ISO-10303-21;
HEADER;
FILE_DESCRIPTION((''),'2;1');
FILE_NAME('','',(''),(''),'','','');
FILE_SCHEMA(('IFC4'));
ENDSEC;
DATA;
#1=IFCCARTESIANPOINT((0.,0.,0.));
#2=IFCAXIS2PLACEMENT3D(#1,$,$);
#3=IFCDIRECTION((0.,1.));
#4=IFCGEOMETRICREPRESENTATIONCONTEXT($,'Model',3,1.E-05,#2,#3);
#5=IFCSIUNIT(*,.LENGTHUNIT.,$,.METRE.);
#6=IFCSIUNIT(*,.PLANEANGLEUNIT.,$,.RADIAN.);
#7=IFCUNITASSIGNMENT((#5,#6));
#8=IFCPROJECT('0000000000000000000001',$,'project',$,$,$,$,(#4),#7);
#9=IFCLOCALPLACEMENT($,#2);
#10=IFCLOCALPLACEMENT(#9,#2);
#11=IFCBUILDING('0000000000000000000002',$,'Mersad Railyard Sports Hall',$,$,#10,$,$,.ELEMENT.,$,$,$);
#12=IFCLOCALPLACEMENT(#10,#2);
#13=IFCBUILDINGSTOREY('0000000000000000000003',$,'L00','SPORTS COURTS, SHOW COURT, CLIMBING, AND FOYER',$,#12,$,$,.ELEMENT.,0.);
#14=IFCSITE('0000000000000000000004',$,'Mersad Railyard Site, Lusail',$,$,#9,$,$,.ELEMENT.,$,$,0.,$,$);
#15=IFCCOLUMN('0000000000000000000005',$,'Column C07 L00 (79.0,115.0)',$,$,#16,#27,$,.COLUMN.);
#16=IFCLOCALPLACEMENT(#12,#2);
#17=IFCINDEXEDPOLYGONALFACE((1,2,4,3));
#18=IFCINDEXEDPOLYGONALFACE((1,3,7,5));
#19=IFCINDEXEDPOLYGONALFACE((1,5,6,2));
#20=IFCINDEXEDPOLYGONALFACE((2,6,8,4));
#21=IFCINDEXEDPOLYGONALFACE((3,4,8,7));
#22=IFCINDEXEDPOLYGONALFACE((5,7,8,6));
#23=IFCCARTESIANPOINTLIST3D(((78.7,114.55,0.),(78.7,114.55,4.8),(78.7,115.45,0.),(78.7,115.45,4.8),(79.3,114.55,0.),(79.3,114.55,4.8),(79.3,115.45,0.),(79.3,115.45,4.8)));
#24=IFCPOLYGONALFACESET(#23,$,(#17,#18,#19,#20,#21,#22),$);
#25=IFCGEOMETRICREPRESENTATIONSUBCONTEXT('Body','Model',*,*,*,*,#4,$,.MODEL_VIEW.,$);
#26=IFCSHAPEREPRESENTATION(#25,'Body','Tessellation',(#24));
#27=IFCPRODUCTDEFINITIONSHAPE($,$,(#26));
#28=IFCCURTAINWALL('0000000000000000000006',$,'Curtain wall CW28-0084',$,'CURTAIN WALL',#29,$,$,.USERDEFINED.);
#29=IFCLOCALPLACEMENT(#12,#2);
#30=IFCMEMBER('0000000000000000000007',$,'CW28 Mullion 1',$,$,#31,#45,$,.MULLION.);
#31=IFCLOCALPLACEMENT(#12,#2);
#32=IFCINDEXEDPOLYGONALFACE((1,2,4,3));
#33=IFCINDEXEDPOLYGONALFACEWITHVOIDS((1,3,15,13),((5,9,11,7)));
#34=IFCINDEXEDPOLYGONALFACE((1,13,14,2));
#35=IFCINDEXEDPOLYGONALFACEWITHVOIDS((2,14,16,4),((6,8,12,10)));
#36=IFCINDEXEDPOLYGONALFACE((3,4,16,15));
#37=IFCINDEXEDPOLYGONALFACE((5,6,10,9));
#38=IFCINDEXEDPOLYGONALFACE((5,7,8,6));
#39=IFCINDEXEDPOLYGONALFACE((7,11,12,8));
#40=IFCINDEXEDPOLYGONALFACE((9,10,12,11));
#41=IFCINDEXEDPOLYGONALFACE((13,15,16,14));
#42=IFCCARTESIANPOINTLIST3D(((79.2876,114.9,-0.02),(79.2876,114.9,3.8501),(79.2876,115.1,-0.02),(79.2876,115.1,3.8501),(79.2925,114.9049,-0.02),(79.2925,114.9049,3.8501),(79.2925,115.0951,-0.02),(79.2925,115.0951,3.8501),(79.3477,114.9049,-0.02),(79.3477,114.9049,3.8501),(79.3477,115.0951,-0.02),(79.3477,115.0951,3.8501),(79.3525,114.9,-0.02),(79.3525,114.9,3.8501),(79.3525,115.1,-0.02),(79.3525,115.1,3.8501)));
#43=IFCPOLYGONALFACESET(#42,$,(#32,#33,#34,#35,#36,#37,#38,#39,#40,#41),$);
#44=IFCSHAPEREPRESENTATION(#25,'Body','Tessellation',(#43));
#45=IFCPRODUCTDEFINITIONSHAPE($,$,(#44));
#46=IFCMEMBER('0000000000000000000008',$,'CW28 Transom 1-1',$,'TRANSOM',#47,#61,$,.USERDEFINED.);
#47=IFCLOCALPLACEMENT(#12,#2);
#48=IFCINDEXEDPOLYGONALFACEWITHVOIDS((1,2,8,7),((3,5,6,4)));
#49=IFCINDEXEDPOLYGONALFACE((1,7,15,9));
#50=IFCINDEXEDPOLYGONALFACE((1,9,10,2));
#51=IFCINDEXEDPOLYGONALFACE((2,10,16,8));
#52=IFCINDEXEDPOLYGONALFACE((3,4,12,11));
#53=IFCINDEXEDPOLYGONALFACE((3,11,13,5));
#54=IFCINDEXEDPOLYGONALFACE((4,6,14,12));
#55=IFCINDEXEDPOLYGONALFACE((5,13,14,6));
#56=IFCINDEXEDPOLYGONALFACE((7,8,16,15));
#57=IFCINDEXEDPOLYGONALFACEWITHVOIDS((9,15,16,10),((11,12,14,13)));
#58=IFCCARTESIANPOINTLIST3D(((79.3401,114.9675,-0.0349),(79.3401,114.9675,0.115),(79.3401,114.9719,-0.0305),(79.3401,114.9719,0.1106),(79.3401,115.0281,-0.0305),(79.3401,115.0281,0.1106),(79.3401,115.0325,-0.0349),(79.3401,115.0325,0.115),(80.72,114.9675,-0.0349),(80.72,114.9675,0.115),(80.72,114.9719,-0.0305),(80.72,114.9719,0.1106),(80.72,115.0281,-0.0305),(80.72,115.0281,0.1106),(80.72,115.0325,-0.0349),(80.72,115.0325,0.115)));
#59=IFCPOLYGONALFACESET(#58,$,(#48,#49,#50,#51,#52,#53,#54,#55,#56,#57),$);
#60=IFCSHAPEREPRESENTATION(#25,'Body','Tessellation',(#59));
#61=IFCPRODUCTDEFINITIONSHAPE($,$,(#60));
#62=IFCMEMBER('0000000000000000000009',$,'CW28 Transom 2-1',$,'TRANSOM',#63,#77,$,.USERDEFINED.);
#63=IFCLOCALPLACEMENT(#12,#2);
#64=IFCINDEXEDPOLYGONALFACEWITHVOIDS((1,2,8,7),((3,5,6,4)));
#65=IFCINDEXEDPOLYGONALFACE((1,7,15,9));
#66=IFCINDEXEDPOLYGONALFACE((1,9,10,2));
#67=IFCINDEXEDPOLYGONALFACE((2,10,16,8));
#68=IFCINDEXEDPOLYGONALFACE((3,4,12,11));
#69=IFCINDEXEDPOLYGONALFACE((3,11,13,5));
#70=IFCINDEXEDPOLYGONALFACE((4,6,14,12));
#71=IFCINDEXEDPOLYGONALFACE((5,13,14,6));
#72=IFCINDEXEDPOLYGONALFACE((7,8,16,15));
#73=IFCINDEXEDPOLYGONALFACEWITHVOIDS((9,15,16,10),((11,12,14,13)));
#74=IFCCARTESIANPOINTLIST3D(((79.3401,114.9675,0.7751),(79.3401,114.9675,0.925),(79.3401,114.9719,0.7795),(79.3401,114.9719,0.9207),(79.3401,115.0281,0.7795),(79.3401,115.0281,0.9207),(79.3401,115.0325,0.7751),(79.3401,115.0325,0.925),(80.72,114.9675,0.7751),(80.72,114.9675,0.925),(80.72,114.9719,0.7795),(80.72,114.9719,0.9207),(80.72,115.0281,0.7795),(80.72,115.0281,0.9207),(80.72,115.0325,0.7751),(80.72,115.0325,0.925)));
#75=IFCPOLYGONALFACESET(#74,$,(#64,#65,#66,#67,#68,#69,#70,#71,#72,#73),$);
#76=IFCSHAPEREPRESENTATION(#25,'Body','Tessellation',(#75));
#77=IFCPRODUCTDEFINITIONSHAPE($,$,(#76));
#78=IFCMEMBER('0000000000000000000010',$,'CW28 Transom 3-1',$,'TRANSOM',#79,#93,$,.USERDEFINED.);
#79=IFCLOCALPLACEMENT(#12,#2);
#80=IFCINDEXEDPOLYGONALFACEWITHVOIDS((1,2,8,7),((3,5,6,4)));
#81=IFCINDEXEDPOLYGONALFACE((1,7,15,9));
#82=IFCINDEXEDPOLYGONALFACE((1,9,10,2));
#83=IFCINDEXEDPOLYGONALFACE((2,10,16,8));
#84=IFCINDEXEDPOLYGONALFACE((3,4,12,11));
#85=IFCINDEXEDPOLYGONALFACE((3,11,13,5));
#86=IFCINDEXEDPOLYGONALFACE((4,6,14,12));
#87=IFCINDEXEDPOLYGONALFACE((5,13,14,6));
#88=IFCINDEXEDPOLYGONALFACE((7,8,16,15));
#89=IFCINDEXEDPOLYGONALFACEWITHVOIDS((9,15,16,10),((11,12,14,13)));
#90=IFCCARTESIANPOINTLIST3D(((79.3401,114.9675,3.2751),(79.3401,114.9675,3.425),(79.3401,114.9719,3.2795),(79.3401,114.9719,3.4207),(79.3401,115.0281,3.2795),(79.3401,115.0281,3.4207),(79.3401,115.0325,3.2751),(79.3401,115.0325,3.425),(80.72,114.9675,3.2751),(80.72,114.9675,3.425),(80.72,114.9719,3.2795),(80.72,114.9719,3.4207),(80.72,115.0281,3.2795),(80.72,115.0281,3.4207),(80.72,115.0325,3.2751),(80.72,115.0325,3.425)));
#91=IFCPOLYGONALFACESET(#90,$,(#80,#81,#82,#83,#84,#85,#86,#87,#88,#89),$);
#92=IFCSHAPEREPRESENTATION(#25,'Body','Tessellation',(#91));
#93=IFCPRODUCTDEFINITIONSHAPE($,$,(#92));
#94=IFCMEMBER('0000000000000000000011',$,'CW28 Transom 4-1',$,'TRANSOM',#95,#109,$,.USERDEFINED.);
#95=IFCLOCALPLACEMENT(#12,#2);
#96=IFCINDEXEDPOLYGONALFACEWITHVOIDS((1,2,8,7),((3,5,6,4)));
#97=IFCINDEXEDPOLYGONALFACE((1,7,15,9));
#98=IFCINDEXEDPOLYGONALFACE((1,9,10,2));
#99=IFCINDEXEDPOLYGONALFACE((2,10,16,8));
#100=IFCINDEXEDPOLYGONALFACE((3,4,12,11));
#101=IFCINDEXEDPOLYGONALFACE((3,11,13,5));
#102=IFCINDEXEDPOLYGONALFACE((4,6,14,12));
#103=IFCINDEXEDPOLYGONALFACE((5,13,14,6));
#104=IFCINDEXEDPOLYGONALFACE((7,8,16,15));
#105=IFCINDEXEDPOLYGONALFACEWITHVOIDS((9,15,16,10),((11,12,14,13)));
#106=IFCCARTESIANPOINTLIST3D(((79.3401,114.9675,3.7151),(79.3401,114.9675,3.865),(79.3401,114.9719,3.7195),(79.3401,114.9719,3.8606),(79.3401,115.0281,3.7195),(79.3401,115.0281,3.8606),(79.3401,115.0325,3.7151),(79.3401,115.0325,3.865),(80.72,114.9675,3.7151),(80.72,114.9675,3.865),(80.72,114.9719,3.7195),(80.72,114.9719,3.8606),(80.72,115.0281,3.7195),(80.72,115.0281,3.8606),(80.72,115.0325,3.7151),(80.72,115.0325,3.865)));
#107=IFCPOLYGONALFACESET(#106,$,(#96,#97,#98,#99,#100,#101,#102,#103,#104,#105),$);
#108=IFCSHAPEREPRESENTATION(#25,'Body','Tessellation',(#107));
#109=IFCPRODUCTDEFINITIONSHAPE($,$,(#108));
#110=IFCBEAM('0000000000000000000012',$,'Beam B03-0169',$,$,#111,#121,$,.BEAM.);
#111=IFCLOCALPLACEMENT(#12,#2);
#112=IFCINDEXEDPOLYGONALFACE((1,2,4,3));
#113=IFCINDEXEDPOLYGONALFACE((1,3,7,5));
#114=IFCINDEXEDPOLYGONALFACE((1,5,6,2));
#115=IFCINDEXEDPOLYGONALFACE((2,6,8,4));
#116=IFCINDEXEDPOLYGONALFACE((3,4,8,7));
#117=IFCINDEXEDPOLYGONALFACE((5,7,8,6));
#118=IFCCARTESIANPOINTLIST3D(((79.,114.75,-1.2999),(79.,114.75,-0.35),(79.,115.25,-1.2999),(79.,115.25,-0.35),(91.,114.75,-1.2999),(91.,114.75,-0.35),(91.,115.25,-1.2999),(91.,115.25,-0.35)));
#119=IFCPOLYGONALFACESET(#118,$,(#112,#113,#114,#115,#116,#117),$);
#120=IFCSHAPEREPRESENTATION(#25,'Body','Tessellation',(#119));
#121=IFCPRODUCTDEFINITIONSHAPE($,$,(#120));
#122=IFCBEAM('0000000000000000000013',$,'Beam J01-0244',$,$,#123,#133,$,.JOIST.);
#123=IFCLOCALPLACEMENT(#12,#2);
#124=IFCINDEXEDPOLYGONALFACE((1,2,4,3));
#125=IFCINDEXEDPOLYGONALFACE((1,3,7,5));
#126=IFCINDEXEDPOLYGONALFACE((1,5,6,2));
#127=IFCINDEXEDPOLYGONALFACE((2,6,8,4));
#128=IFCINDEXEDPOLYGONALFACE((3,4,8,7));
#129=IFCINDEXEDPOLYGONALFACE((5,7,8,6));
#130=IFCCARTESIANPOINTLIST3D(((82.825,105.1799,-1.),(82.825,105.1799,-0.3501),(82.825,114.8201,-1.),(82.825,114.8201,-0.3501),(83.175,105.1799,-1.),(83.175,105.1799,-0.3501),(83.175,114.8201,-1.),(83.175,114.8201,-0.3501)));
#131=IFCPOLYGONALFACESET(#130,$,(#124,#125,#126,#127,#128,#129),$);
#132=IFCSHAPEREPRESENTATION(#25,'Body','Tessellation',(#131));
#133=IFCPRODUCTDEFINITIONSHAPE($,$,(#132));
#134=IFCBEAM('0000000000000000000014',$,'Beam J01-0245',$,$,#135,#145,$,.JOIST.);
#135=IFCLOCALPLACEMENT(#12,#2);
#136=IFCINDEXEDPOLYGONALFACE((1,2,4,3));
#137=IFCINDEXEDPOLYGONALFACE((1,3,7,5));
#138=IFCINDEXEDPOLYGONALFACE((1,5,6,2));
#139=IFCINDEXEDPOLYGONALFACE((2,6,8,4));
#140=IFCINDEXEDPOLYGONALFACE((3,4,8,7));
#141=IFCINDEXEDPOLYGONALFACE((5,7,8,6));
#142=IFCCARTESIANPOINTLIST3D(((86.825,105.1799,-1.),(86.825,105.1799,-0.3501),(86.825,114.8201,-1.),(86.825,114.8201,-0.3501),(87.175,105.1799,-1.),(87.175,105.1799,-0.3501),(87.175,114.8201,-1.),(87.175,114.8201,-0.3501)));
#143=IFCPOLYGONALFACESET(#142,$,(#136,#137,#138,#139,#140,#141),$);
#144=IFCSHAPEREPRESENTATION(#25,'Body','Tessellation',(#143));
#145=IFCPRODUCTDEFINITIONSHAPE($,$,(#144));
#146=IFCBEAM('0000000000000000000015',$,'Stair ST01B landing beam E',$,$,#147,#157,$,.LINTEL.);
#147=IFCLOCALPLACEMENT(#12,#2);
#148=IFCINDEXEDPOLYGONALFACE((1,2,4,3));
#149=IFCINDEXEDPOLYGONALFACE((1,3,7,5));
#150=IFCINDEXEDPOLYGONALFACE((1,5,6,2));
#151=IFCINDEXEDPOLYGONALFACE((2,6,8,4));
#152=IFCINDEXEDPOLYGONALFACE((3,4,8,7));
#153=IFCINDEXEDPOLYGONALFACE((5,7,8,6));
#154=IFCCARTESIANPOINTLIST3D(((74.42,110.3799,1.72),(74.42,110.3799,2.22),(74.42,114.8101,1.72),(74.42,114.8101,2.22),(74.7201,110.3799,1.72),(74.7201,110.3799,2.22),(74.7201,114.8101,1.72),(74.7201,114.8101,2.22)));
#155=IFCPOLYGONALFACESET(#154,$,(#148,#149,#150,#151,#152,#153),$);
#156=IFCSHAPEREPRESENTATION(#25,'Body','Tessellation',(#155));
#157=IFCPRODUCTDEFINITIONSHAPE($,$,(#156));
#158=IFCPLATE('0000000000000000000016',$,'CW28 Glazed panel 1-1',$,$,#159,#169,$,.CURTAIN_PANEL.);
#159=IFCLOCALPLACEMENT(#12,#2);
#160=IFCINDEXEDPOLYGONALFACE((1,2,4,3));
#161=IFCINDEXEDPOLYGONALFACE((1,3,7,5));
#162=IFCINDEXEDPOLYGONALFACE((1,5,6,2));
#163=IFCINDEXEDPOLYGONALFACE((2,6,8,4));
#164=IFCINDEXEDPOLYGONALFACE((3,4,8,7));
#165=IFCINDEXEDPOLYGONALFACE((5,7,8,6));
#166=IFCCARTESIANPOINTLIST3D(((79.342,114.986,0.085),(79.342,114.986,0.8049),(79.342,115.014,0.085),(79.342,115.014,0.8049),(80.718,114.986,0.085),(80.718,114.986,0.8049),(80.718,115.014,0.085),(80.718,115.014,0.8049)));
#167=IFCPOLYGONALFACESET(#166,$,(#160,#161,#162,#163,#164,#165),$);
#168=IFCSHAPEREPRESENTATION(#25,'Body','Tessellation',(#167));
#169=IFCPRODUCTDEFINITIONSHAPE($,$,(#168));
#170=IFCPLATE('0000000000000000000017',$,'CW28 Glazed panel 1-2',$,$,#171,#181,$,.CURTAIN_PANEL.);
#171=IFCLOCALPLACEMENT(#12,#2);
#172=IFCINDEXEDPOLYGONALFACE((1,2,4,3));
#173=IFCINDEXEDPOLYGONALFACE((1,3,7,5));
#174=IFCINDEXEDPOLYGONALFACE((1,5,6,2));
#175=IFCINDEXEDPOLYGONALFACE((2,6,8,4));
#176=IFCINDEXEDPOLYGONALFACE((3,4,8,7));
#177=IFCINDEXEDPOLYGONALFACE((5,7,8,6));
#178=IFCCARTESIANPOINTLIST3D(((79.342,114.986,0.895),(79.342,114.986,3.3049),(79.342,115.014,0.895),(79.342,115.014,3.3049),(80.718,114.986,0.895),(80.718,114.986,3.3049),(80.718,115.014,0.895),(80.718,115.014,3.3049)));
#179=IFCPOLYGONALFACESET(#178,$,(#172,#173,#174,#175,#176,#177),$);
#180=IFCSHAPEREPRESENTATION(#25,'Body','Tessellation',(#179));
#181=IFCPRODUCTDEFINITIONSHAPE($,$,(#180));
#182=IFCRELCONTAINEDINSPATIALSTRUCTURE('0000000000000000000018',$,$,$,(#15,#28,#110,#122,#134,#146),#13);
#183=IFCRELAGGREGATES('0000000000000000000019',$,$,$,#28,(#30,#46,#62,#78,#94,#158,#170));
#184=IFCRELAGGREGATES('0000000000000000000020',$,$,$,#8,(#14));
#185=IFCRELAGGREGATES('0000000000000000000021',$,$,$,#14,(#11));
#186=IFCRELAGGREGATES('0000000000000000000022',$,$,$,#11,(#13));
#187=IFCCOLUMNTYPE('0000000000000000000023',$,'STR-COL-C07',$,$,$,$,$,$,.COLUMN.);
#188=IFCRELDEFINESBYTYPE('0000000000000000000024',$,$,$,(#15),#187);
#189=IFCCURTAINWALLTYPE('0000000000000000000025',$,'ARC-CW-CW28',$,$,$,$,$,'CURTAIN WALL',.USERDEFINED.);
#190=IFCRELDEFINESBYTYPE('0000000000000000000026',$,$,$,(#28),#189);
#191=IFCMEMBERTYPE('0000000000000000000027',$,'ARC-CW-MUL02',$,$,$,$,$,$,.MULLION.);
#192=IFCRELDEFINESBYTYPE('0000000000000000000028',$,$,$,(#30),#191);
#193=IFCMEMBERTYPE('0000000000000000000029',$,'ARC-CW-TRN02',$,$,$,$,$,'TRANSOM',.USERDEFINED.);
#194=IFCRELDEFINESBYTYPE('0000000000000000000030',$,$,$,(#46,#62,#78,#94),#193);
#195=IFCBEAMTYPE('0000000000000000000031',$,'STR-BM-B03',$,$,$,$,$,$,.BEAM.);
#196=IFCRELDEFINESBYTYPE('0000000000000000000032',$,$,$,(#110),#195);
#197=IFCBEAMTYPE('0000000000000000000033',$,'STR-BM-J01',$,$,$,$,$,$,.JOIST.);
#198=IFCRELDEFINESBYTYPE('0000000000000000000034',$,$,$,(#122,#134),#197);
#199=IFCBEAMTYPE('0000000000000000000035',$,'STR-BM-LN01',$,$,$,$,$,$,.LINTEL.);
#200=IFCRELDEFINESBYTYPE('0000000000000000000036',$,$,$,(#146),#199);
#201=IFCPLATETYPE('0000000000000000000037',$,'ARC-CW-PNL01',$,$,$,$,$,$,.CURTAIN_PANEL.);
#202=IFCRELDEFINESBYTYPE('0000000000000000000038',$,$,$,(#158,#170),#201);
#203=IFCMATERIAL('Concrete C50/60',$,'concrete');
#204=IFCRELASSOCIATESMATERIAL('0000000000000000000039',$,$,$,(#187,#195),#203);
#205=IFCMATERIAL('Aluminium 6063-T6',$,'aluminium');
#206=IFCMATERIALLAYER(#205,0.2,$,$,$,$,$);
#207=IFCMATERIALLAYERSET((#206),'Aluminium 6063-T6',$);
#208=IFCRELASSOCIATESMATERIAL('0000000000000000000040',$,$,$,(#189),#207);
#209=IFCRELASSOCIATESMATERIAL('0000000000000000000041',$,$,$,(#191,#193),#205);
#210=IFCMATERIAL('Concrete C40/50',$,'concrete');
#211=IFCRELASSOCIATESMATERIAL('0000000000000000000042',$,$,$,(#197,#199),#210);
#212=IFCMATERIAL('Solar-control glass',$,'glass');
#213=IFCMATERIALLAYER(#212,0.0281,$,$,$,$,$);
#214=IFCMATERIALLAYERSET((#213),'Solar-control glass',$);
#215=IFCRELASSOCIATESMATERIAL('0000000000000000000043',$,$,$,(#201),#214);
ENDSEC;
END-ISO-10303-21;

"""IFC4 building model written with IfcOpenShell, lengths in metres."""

from ifc_helpers import new_model, si_unit, direction, frame, origin, origin_2d, place, context, subcontext, project, spatial, rectangle, hollow_rectangle, extrude, material, layer, layer_set, material_profile, profile_set, type_object, element, aggregate, save


model = new_model("IFC4")

# Units and contexts
model_context = context("Model", 3, precision=1e-05, world=origin(), true_north=direction((0.0, 1.0)))
body_context = subcontext(model_context, "Body", "Model", "MODEL_VIEW")
ifc_project = project(units=[si_unit("LENGTHUNIT", "METRE"), si_unit("PLANEANGLEUNIT", "RADIAN")], contexts=[model_context])

# Site, building, storey
site_placement = place(None, origin())
site = spatial("IfcSite", under=ifc_project, at=site_placement, Name="Mersad Railyard Site, Lusail", CompositionType="ELEMENT", RefElevation=0.0)
building_placement = place(site_placement, origin())
building = spatial("IfcBuilding", under=site, at=building_placement, Name="Mersad Railyard Sports Hall", CompositionType="ELEMENT")
storey_placement = place(building_placement, origin())
storey = spatial("IfcBuildingStorey", under=building, at=storey_placement, Name="L00", Description="SPORTS COURTS, SHOW COURT, CLIMBING, AND FOYER", CompositionType="ELEMENT", Elevation=0.0)

# Column
ifc_material_1 = material(Name="Concrete C50/60", Category="concrete")
ifc_material_profile_1 = material_profile(ifc_material_1, rectangle(XDim=0.6001, YDim=0.8999, at=origin_2d()), Name="RC 600x900")
ifc_profile_set_1 = profile_set([ifc_material_profile_1], Name="Concrete C50/60")
column_type = type_object("IfcColumnType", Name="STR-COL-C07", PredefinedType="COLUMN", material=ifc_profile_set_1)
column_placement = place(storey_placement, frame((79.0, 115.0, 0.0), z_axis=(0.0, 0.0, 1.0), x_axis=(1.0, 0.0, 0.0)))
element("IfcColumn", 1, at=column_placement, inside=storey, type_object=column_type, Name="Column C07 L00 (79.0,115.0)", PredefinedType="COLUMN", context=body_context, shape_type="SweptSolid", body=[
    extrude(rectangle(XDim=0.6001, YDim=0.8999, at=origin_2d()), origin(), (0.0, 0.0, 1.0), 4.8),
])

# Curtain wall, members
ifc_material_2 = material(Name="Aluminium 6063-T6", Category="aluminium")
ifc_layer_1 = layer(ifc_material_2, 0.2)
ifc_layer_set_1 = layer_set([ifc_layer_1], Name="Aluminium 6063-T6")
curtain_wall_type = type_object("IfcCurtainWallType", Name="ARC-CW-CW28", ElementType="CURTAIN WALL", PredefinedType="USERDEFINED", material=ifc_layer_set_1)
curtain_wall_placement = place(storey_placement, origin())
curtain_wall = element("IfcCurtainWall", 2, at=curtain_wall_placement, inside=storey, type_object=curtain_wall_type, Name="Curtain wall CW28-0084", ObjectType="CURTAIN WALL", PredefinedType="USERDEFINED")
ifc_material_profile_2 = material_profile(ifc_material_2, hollow_rectangle(XDim=0.0649, YDim=0.2, WallThickness=0.0049, at=origin_2d()), Name="AL MULLION 65x200x5")
ifc_profile_set_2 = profile_set([ifc_material_profile_2], Name="Aluminium 6063-T6")
member_type_1 = type_object("IfcMemberType", Name="ARC-CW-MUL02", PredefinedType="MULLION", material=ifc_profile_set_2)
member_1_placement = place(storey_placement, frame((79.3201, 115.0, -0.02), z_axis=(0.0, 0.0, 1.0), x_axis=(1.0, 0.0, 0.0)))
member_1 = element("IfcMember", 3, at=member_1_placement, type_object=member_type_1, Name="CW28 Mullion 1", PredefinedType="MULLION", context=body_context, shape_type="SweptSolid", body=[
    extrude(hollow_rectangle(XDim=0.0649, YDim=0.2, WallThickness=0.0049, at=origin_2d()), origin(), (0.0, 0.0, 1.0), 3.8701),
])
ifc_material_profile_3 = material_profile(ifc_material_2, hollow_rectangle(XDim=0.0649, YDim=0.1499, WallThickness=0.0044, at=origin_2d()), Name="AL TRANSOM 65x150x4.5")
ifc_profile_set_3 = profile_set([ifc_material_profile_3], Name="Aluminium 6063-T6")
member_type_2 = type_object("IfcMemberType", Name="ARC-CW-TRN02", ElementType="TRANSOM", PredefinedType="USERDEFINED", material=ifc_profile_set_3)
member_2_placement = place(storey_placement, frame((79.3401, 115.0, 0.04), z_axis=(1.0, 0.0, 0.0), x_axis=(0.0, 1.0, 0.0)))
member_2 = element("IfcMember", 4, at=member_2_placement, type_object=member_type_2, Name="CW28 Transom 1-1", ObjectType="TRANSOM", PredefinedType="USERDEFINED", context=body_context, shape_type="SweptSolid", body=[
    extrude(hollow_rectangle(XDim=0.0649, YDim=0.1499, WallThickness=0.0044, at=origin_2d()), origin(), (0.0, 0.0, 1.0), 1.3799),
])
member_3_placement = place(storey_placement, frame((79.3401, 115.0, 0.8501), z_axis=(1.0, 0.0, 0.0), x_axis=(0.0, 1.0, 0.0)))
member_3 = element("IfcMember", 5, at=member_3_placement, type_object=member_type_2, Name="CW28 Transom 2-1", ObjectType="TRANSOM", PredefinedType="USERDEFINED", context=body_context, shape_type="SweptSolid", body=[
    extrude(hollow_rectangle(XDim=0.0649, YDim=0.1499, WallThickness=0.0044, at=origin_2d()), origin(), (0.0, 0.0, 1.0), 1.3799),
])
member_4_placement = place(storey_placement, frame((79.3401, 115.0, 3.3501), z_axis=(1.0, 0.0, 0.0), x_axis=(0.0, 1.0, 0.0)))
member_4 = element("IfcMember", 6, at=member_4_placement, type_object=member_type_2, Name="CW28 Transom 3-1", ObjectType="TRANSOM", PredefinedType="USERDEFINED", context=body_context, shape_type="SweptSolid", body=[
    extrude(hollow_rectangle(XDim=0.0649, YDim=0.1499, WallThickness=0.0044, at=origin_2d()), origin(), (0.0, 0.0, 1.0), 1.3799),
])
member_5_placement = place(storey_placement, frame((79.3401, 115.0, 3.79), z_axis=(1.0, 0.0, 0.0), x_axis=(0.0, 1.0, 0.0)))
member_5 = element("IfcMember", 7, at=member_5_placement, type_object=member_type_2, Name="CW28 Transom 4-1", ObjectType="TRANSOM", PredefinedType="USERDEFINED", context=body_context, shape_type="SweptSolid", body=[
    extrude(hollow_rectangle(XDim=0.0649, YDim=0.1499, WallThickness=0.0044, at=origin_2d()), origin(), (0.0, 0.0, 1.0), 1.3799),
])

# Beams
ifc_material_profile_4 = material_profile(ifc_material_1, rectangle(XDim=0.5, YDim=0.95, at=origin_2d()), Name="RC 500x950")
ifc_profile_set_4 = profile_set([ifc_material_profile_4], Name="Concrete C50/60")
beam_type_1 = type_object("IfcBeamType", Name="STR-BM-B03", PredefinedType="BEAM", material=ifc_profile_set_4)
beam_1_placement = place(storey_placement, frame((79.0, 115.0, -0.825), z_axis=(1.0, 0.0, 0.0), x_axis=(0.0, 1.0, 0.0)))
element("IfcBeam", 8, at=beam_1_placement, inside=storey, type_object=beam_type_1, Name="Beam B03-0169", PredefinedType="BEAM", context=body_context, shape_type="SweptSolid", body=[
    extrude(rectangle(XDim=0.5, YDim=0.95, at=origin_2d()), origin(), (0.0, 0.0, 1.0), 12.0),
])
ifc_material_3 = material(Name="Concrete C40/50", Category="concrete")
ifc_material_profile_5 = material_profile(ifc_material_3, rectangle(XDim=0.3501, YDim=0.6499, at=origin_2d()), Name="RC 350x650")
ifc_profile_set_5 = profile_set([ifc_material_profile_5], Name="Concrete C40/50")
beam_type_2 = type_object("IfcBeamType", Name="STR-BM-J01", PredefinedType="JOIST", material=ifc_profile_set_5)
for number, where, z_axis, x_axis, name in (
    (9, (83.0, 105.1799, -0.675), (0.0, 1.0, 0.0), (-1.0, 0.0, 0.0), "Beam J01-0244"),
    (10, (87.0, 105.1799, -0.675), (0.0, 1.0, 0.0), (-1.0, 0.0, 0.0), "Beam J01-0245"),
):
    element("IfcBeam", number, at=place(storey_placement, frame(where, z_axis=z_axis, x_axis=x_axis)), inside=storey, type_object=beam_type_2, Name=name, PredefinedType="JOIST", context=body_context, shape_type="SweptSolid", body=[
        extrude(rectangle(XDim=0.3501, YDim=0.6499, at=origin_2d()), origin(), (0.0, 0.0, 1.0), 9.6401),
    ])
ifc_material_profile_6 = material_profile(ifc_material_3, rectangle(XDim=0.3, YDim=0.5, at=origin_2d()), Name="RC 300x500")
ifc_profile_set_6 = profile_set([ifc_material_profile_6], Name="Concrete C40/50")
beam_type_3 = type_object("IfcBeamType", Name="STR-BM-LN01", PredefinedType="LINTEL", material=ifc_profile_set_6)
beam_2_placement = place(storey_placement, frame((74.5701, 110.3799, 1.97), z_axis=(0.0, 1.0, 0.0), x_axis=(-1.0, 0.0, 0.0)))
element("IfcBeam", 11, at=beam_2_placement, inside=storey, type_object=beam_type_3, Name="Stair ST01B landing beam E", PredefinedType="LINTEL", context=body_context, shape_type="SweptSolid", body=[
    extrude(rectangle(XDim=0.3, YDim=0.5, at=origin_2d()), origin(), (0.0, 0.0, 1.0), 4.4302),
])

# Plates
ifc_material_4 = material(Name="Solar-control glass", Category="glass")
ifc_layer_2 = layer(ifc_material_4, 0.0281)
ifc_layer_set_2 = layer_set([ifc_layer_2], Name="Solar-control glass")
plate_type = type_object("IfcPlateType", Name="ARC-CW-PNL01", PredefinedType="CURTAIN_PANEL", material=ifc_layer_set_2)
plate_1_placement = place(storey_placement, frame((80.03, 115.0, 0.085), z_axis=(0.0, 0.0, 1.0), x_axis=(1.0, 0.0, 0.0)))
plate_1 = element("IfcPlate", 12, at=plate_1_placement, type_object=plate_type, Name="CW28 Glazed panel 1-1", PredefinedType="CURTAIN_PANEL", context=body_context, shape_type="SweptSolid", body=[
    extrude(rectangle(XDim=1.376, YDim=0.0281, at=origin_2d()), origin(), (0.0, 0.0, 1.0), 0.72),
])
plate_2_placement = place(storey_placement, frame((80.03, 115.0, 0.895), z_axis=(0.0, 0.0, 1.0), x_axis=(1.0, 0.0, 0.0)))
plate_2 = element("IfcPlate", 13, at=plate_2_placement, type_object=plate_type, Name="CW28 Glazed panel 1-2", PredefinedType="CURTAIN_PANEL", context=body_context, shape_type="SweptSolid", body=[
    extrude(rectangle(XDim=1.376, YDim=0.0281, at=origin_2d()), origin(), (0.0, 0.0, 1.0), 2.4099),
])
aggregate(curtain_wall, [member_1, member_2, member_3, member_4, member_5, plate_1, plate_2])

save(model, "model.ifc")
